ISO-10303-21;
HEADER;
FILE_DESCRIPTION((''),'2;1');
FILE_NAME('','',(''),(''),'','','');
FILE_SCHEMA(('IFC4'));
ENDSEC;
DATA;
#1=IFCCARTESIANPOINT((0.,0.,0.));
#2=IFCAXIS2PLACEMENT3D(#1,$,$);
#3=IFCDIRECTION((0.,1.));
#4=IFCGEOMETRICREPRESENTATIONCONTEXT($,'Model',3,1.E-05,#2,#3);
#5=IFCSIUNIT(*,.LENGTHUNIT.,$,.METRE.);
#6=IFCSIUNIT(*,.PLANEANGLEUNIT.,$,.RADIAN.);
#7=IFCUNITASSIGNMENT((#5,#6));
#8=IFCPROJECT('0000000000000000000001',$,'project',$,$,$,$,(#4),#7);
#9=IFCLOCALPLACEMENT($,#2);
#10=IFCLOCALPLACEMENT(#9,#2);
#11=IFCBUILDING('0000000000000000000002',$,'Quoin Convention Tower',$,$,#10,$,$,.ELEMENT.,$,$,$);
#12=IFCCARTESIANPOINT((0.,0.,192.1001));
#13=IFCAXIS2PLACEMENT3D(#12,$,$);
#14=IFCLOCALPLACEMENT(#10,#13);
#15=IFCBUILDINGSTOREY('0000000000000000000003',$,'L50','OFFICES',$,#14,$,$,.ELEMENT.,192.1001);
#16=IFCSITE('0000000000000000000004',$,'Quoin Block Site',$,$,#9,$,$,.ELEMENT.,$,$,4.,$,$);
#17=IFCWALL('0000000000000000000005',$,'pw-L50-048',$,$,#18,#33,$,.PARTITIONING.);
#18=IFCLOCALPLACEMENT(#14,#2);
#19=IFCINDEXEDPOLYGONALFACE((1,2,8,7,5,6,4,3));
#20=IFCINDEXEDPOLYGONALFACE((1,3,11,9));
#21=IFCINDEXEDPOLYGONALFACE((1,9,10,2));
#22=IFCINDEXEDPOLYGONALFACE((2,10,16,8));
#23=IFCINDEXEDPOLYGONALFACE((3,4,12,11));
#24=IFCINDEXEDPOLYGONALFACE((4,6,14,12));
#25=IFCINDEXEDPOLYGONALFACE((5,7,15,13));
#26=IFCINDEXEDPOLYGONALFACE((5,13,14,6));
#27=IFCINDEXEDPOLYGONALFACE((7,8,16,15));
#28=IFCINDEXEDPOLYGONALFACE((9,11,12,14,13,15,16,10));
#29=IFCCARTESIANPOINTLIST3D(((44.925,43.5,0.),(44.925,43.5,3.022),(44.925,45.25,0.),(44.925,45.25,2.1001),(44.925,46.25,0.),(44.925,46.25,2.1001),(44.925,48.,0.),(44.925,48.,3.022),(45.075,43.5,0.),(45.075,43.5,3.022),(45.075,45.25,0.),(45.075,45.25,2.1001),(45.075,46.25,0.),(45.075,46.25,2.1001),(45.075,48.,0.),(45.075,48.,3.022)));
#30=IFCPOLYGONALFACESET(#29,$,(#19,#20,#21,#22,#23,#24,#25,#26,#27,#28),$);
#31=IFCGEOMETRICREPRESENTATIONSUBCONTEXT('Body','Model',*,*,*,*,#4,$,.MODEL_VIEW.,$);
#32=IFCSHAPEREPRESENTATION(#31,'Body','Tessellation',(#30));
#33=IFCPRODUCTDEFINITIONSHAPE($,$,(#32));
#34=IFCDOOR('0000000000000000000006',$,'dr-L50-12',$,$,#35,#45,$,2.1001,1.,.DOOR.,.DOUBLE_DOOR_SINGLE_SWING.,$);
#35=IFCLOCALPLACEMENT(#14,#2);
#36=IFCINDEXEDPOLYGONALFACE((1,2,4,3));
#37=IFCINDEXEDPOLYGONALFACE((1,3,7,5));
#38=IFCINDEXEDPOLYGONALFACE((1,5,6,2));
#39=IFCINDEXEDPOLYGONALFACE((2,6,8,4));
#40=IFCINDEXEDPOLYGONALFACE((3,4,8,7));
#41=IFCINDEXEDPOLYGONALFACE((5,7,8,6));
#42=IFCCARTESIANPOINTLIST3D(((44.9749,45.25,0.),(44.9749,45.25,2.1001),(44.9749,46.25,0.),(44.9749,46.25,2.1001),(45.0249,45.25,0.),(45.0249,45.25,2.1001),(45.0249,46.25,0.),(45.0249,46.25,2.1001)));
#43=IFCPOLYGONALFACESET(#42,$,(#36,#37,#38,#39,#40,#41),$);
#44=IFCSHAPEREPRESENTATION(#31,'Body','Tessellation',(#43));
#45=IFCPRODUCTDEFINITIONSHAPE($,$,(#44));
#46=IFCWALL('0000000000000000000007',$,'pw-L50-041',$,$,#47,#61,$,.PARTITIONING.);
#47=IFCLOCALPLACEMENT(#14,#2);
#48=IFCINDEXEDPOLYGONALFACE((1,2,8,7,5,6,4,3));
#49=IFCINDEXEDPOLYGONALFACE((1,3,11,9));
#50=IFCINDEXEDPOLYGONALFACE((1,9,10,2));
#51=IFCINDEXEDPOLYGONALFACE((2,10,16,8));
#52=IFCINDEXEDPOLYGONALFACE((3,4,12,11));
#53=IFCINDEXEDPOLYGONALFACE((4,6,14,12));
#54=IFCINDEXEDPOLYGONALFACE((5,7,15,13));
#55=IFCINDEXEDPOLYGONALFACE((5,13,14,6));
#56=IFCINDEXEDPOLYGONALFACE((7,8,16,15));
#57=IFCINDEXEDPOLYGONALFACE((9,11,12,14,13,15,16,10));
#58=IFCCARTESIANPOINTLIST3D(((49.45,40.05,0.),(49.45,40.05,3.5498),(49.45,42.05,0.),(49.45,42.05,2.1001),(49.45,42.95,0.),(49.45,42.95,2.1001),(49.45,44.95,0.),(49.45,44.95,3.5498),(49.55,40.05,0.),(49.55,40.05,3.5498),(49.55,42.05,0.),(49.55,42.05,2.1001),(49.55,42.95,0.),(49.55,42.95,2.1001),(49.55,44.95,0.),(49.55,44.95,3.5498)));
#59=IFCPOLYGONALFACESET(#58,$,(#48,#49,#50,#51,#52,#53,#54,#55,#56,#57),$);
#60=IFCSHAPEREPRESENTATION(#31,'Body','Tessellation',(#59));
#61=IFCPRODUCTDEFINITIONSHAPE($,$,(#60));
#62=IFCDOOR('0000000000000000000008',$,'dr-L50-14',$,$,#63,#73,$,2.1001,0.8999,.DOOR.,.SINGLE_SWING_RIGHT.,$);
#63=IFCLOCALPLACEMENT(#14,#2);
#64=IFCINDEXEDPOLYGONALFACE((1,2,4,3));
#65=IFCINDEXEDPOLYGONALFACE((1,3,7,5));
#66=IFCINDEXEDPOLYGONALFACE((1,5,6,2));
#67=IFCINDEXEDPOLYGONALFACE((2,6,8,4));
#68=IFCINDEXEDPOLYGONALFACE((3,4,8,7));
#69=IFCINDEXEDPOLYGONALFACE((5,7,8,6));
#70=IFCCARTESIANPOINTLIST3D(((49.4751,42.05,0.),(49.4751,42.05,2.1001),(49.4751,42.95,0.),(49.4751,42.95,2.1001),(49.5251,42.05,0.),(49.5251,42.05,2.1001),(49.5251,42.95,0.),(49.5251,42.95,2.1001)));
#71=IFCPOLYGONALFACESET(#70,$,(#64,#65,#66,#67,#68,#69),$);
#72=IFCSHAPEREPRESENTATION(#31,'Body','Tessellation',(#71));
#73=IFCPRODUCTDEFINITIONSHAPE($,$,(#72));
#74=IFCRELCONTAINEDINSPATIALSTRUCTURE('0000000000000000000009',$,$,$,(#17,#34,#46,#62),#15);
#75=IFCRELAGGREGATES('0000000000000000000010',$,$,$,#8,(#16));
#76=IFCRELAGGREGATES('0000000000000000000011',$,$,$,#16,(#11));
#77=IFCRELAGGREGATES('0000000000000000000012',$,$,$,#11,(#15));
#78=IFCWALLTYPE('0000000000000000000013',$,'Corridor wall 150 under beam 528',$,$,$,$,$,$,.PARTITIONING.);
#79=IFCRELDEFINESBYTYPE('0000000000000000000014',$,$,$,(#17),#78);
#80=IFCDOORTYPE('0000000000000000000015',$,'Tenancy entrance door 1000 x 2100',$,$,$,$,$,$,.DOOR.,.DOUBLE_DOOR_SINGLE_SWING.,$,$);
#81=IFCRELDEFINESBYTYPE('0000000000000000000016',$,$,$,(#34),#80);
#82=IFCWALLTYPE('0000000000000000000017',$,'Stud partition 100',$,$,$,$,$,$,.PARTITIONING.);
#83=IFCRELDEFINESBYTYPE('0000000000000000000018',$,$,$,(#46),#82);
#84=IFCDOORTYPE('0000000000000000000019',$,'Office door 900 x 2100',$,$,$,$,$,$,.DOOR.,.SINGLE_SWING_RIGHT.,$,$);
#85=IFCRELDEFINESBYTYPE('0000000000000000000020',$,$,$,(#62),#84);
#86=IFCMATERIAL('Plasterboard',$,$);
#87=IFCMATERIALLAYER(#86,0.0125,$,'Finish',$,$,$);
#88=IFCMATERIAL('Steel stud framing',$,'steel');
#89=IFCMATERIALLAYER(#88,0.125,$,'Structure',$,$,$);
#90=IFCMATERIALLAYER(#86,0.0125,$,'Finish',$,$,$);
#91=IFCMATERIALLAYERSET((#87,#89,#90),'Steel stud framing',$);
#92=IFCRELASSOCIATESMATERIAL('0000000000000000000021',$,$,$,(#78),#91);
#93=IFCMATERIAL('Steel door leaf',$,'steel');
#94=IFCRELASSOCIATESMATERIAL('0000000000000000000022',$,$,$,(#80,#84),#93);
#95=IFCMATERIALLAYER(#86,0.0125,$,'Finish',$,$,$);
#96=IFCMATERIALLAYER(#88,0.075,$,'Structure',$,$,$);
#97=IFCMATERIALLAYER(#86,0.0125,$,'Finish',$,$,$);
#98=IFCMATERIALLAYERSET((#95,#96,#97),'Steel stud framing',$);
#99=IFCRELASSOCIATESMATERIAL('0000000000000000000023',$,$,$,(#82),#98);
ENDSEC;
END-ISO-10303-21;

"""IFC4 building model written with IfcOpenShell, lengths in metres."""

from ifc_helpers import new_model, si_unit, direction, frame, frame_2d, origin, place, context, subcontext, project, spatial, rectangle, extrude, material, layer, layer_set, type_object, element, fill, save


model = new_model("IFC4")

# Units and contexts
model_context = context("Model", 3, precision=1e-05, world=origin(), true_north=direction((0.0, 1.0)))
body_context = subcontext(model_context, "Body", "Model", "MODEL_VIEW")
ifc_project = project(units=[si_unit("LENGTHUNIT", "METRE"), si_unit("PLANEANGLEUNIT", "RADIAN")], contexts=[model_context])

# Site, building, storey
site_placement = place(None, origin())
site = spatial("IfcSite", under=ifc_project, at=site_placement, Name="Quoin Block Site", CompositionType="ELEMENT", RefElevation=4.0)
building_placement = place(site_placement, origin())
building = spatial("IfcBuilding", under=site, at=building_placement, Name="Quoin Convention Tower", CompositionType="ELEMENT")
storey_placement = place(building_placement, frame((0.0, 0.0, 192.1001)))
storey = spatial("IfcBuildingStorey", under=building, at=storey_placement, Name="L50", Description="OFFICES", CompositionType="ELEMENT", Elevation=192.1001)

# Shared definitions
ifc_material_1 = material(Name="Plasterboard")
ifc_material_2 = material(Name="Steel stud framing", Category="steel")
ifc_layer_1 = layer(ifc_material_1, 0.0125, Name="Finish")
ifc_layer_2 = layer(ifc_material_2, 0.125, Name="Structure")
ifc_layer_3 = layer(ifc_material_1, 0.0125, Name="Finish")
ifc_layer_set_1 = layer_set([ifc_layer_1, ifc_layer_2, ifc_layer_3], Name="Steel stud framing")
wall_type_1 = type_object("IfcWallType", Name="Corridor wall 150 under beam 528", PredefinedType="PARTITIONING", material=ifc_layer_set_1)

# Walls, openings, doors
wall_1_placement = place(storey_placement, frame((45.0, 43.5, 0.0), z_axis=(0.0, 0.0, 1.0), x_axis=(0.0, 1.0, 0.0)))
wall_1 = element("IfcWall", 1, at=wall_1_placement, inside=storey, type_object=wall_type_1, Name="pw-L50-048", PredefinedType="PARTITIONING", context=body_context, shape_type="SweptSolid", body=[
    extrude(rectangle(XDim=4.5, YDim=0.1499, at=frame_2d((2.25, 0.0))), origin(), (0.0, 0.0, 1.0), 3.022),
])
opening_1_placement = place(wall_1_placement, frame((1.75, 0.0, 0.0)))
opening_1 = element("IfcOpeningElement", 2, at=opening_1_placement, cuts=wall_1, PredefinedType="OPENING", context=body_context, shape_type="SweptSolid", body=[
    extrude(rectangle(XDim=1.0, YDim=2.1001, at=frame_2d((0.5, 1.05))), frame((0.0, 0.085, 0.0), z_axis=(0.0, -1.0, 0.0), x_axis=(1.0, 0.0, 0.0)), (0.0, 0.0, 1.0), 0.1699),
])
ifc_material_3 = material(Name="Steel door leaf", Category="steel")
door_type_1 = type_object("IfcDoorType", Name="Tenancy entrance door 1000 x 2100", OperationType="DOUBLE_DOOR_SINGLE_SWING", PredefinedType="DOOR", material=ifc_material_3)
door_1_placement = place(opening_1_placement, frame((1.0, 0.0, 0.0), z_axis=(0.0, 0.0, 1.0), x_axis=(-1.0, 0.0, 0.0)))
door_1 = element("IfcDoor", 3, at=door_1_placement, inside=storey, type_object=door_type_1, Name="dr-L50-12", OperationType="DOUBLE_DOOR_SINGLE_SWING", OverallHeight=2.1001, OverallWidth=1.0, PredefinedType="DOOR", context=body_context, shape_type="SweptSolid", body=[
    extrude(rectangle(XDim=1.0, YDim=2.1001, at=frame_2d((0.5, 1.05))), frame((0.0, 0.0249, 0.0), z_axis=(0.0, -1.0, 0.0), x_axis=(1.0, 0.0, 0.0)), (0.0, 0.0, 1.0), 0.05),
])
fill(opening_1, door_1)
ifc_layer_4 = layer(ifc_material_1, 0.0125, Name="Finish")
ifc_layer_5 = layer(ifc_material_2, 0.075, Name="Structure")
ifc_layer_6 = layer(ifc_material_1, 0.0125, Name="Finish")
ifc_layer_set_2 = layer_set([ifc_layer_4, ifc_layer_5, ifc_layer_6], Name="Steel stud framing")
wall_type_2 = type_object("IfcWallType", Name="Stud partition 100", PredefinedType="PARTITIONING", material=ifc_layer_set_2)
wall_2_placement = place(storey_placement, frame((49.5, 40.05, 0.0), z_axis=(0.0, 0.0, 1.0), x_axis=(0.0, 1.0, 0.0)))
wall_2 = element("IfcWall", 4, at=wall_2_placement, inside=storey, type_object=wall_type_2, Name="pw-L50-041", PredefinedType="PARTITIONING", context=body_context, shape_type="SweptSolid", body=[
    extrude(rectangle(XDim=4.8999, YDim=0.1001, at=frame_2d((2.45, 0.0))), origin(), (0.0, 0.0, 1.0), 3.5498),
])
opening_2_placement = place(wall_2_placement, frame((2.0, 0.0, 0.0)))
opening_2 = element("IfcOpeningElement", 5, at=opening_2_placement, cuts=wall_2, PredefinedType="OPENING", context=body_context, shape_type="SweptSolid", body=[
    extrude(rectangle(XDim=0.8999, YDim=2.1001, at=frame_2d((0.45, 1.05))), frame((0.0, 0.0601, 0.0), z_axis=(0.0, -1.0, 0.0), x_axis=(1.0, 0.0, 0.0)), (0.0, 0.0, 1.0), 0.1201),
])
door_type_2 = type_object("IfcDoorType", Name="Office door 900 x 2100", OperationType="SINGLE_SWING_RIGHT", PredefinedType="DOOR", material=ifc_material_3)
door_2_placement = place(opening_2_placement, origin())
door_2 = element("IfcDoor", 6, at=door_2_placement, inside=storey, type_object=door_type_2, Name="dr-L50-14", OperationType="SINGLE_SWING_RIGHT", OverallHeight=2.1001, OverallWidth=0.8999, PredefinedType="DOOR", context=body_context, shape_type="SweptSolid", body=[
    extrude(rectangle(XDim=0.8999, YDim=2.1001, at=frame_2d((0.45, 1.05))), frame((0.0, 0.0249, 0.0), z_axis=(0.0, -1.0, 0.0), x_axis=(1.0, 0.0, 0.0)), (0.0, 0.0, 1.0), 0.05),
])
fill(opening_2, door_2)

save(model, "model.ifc")
